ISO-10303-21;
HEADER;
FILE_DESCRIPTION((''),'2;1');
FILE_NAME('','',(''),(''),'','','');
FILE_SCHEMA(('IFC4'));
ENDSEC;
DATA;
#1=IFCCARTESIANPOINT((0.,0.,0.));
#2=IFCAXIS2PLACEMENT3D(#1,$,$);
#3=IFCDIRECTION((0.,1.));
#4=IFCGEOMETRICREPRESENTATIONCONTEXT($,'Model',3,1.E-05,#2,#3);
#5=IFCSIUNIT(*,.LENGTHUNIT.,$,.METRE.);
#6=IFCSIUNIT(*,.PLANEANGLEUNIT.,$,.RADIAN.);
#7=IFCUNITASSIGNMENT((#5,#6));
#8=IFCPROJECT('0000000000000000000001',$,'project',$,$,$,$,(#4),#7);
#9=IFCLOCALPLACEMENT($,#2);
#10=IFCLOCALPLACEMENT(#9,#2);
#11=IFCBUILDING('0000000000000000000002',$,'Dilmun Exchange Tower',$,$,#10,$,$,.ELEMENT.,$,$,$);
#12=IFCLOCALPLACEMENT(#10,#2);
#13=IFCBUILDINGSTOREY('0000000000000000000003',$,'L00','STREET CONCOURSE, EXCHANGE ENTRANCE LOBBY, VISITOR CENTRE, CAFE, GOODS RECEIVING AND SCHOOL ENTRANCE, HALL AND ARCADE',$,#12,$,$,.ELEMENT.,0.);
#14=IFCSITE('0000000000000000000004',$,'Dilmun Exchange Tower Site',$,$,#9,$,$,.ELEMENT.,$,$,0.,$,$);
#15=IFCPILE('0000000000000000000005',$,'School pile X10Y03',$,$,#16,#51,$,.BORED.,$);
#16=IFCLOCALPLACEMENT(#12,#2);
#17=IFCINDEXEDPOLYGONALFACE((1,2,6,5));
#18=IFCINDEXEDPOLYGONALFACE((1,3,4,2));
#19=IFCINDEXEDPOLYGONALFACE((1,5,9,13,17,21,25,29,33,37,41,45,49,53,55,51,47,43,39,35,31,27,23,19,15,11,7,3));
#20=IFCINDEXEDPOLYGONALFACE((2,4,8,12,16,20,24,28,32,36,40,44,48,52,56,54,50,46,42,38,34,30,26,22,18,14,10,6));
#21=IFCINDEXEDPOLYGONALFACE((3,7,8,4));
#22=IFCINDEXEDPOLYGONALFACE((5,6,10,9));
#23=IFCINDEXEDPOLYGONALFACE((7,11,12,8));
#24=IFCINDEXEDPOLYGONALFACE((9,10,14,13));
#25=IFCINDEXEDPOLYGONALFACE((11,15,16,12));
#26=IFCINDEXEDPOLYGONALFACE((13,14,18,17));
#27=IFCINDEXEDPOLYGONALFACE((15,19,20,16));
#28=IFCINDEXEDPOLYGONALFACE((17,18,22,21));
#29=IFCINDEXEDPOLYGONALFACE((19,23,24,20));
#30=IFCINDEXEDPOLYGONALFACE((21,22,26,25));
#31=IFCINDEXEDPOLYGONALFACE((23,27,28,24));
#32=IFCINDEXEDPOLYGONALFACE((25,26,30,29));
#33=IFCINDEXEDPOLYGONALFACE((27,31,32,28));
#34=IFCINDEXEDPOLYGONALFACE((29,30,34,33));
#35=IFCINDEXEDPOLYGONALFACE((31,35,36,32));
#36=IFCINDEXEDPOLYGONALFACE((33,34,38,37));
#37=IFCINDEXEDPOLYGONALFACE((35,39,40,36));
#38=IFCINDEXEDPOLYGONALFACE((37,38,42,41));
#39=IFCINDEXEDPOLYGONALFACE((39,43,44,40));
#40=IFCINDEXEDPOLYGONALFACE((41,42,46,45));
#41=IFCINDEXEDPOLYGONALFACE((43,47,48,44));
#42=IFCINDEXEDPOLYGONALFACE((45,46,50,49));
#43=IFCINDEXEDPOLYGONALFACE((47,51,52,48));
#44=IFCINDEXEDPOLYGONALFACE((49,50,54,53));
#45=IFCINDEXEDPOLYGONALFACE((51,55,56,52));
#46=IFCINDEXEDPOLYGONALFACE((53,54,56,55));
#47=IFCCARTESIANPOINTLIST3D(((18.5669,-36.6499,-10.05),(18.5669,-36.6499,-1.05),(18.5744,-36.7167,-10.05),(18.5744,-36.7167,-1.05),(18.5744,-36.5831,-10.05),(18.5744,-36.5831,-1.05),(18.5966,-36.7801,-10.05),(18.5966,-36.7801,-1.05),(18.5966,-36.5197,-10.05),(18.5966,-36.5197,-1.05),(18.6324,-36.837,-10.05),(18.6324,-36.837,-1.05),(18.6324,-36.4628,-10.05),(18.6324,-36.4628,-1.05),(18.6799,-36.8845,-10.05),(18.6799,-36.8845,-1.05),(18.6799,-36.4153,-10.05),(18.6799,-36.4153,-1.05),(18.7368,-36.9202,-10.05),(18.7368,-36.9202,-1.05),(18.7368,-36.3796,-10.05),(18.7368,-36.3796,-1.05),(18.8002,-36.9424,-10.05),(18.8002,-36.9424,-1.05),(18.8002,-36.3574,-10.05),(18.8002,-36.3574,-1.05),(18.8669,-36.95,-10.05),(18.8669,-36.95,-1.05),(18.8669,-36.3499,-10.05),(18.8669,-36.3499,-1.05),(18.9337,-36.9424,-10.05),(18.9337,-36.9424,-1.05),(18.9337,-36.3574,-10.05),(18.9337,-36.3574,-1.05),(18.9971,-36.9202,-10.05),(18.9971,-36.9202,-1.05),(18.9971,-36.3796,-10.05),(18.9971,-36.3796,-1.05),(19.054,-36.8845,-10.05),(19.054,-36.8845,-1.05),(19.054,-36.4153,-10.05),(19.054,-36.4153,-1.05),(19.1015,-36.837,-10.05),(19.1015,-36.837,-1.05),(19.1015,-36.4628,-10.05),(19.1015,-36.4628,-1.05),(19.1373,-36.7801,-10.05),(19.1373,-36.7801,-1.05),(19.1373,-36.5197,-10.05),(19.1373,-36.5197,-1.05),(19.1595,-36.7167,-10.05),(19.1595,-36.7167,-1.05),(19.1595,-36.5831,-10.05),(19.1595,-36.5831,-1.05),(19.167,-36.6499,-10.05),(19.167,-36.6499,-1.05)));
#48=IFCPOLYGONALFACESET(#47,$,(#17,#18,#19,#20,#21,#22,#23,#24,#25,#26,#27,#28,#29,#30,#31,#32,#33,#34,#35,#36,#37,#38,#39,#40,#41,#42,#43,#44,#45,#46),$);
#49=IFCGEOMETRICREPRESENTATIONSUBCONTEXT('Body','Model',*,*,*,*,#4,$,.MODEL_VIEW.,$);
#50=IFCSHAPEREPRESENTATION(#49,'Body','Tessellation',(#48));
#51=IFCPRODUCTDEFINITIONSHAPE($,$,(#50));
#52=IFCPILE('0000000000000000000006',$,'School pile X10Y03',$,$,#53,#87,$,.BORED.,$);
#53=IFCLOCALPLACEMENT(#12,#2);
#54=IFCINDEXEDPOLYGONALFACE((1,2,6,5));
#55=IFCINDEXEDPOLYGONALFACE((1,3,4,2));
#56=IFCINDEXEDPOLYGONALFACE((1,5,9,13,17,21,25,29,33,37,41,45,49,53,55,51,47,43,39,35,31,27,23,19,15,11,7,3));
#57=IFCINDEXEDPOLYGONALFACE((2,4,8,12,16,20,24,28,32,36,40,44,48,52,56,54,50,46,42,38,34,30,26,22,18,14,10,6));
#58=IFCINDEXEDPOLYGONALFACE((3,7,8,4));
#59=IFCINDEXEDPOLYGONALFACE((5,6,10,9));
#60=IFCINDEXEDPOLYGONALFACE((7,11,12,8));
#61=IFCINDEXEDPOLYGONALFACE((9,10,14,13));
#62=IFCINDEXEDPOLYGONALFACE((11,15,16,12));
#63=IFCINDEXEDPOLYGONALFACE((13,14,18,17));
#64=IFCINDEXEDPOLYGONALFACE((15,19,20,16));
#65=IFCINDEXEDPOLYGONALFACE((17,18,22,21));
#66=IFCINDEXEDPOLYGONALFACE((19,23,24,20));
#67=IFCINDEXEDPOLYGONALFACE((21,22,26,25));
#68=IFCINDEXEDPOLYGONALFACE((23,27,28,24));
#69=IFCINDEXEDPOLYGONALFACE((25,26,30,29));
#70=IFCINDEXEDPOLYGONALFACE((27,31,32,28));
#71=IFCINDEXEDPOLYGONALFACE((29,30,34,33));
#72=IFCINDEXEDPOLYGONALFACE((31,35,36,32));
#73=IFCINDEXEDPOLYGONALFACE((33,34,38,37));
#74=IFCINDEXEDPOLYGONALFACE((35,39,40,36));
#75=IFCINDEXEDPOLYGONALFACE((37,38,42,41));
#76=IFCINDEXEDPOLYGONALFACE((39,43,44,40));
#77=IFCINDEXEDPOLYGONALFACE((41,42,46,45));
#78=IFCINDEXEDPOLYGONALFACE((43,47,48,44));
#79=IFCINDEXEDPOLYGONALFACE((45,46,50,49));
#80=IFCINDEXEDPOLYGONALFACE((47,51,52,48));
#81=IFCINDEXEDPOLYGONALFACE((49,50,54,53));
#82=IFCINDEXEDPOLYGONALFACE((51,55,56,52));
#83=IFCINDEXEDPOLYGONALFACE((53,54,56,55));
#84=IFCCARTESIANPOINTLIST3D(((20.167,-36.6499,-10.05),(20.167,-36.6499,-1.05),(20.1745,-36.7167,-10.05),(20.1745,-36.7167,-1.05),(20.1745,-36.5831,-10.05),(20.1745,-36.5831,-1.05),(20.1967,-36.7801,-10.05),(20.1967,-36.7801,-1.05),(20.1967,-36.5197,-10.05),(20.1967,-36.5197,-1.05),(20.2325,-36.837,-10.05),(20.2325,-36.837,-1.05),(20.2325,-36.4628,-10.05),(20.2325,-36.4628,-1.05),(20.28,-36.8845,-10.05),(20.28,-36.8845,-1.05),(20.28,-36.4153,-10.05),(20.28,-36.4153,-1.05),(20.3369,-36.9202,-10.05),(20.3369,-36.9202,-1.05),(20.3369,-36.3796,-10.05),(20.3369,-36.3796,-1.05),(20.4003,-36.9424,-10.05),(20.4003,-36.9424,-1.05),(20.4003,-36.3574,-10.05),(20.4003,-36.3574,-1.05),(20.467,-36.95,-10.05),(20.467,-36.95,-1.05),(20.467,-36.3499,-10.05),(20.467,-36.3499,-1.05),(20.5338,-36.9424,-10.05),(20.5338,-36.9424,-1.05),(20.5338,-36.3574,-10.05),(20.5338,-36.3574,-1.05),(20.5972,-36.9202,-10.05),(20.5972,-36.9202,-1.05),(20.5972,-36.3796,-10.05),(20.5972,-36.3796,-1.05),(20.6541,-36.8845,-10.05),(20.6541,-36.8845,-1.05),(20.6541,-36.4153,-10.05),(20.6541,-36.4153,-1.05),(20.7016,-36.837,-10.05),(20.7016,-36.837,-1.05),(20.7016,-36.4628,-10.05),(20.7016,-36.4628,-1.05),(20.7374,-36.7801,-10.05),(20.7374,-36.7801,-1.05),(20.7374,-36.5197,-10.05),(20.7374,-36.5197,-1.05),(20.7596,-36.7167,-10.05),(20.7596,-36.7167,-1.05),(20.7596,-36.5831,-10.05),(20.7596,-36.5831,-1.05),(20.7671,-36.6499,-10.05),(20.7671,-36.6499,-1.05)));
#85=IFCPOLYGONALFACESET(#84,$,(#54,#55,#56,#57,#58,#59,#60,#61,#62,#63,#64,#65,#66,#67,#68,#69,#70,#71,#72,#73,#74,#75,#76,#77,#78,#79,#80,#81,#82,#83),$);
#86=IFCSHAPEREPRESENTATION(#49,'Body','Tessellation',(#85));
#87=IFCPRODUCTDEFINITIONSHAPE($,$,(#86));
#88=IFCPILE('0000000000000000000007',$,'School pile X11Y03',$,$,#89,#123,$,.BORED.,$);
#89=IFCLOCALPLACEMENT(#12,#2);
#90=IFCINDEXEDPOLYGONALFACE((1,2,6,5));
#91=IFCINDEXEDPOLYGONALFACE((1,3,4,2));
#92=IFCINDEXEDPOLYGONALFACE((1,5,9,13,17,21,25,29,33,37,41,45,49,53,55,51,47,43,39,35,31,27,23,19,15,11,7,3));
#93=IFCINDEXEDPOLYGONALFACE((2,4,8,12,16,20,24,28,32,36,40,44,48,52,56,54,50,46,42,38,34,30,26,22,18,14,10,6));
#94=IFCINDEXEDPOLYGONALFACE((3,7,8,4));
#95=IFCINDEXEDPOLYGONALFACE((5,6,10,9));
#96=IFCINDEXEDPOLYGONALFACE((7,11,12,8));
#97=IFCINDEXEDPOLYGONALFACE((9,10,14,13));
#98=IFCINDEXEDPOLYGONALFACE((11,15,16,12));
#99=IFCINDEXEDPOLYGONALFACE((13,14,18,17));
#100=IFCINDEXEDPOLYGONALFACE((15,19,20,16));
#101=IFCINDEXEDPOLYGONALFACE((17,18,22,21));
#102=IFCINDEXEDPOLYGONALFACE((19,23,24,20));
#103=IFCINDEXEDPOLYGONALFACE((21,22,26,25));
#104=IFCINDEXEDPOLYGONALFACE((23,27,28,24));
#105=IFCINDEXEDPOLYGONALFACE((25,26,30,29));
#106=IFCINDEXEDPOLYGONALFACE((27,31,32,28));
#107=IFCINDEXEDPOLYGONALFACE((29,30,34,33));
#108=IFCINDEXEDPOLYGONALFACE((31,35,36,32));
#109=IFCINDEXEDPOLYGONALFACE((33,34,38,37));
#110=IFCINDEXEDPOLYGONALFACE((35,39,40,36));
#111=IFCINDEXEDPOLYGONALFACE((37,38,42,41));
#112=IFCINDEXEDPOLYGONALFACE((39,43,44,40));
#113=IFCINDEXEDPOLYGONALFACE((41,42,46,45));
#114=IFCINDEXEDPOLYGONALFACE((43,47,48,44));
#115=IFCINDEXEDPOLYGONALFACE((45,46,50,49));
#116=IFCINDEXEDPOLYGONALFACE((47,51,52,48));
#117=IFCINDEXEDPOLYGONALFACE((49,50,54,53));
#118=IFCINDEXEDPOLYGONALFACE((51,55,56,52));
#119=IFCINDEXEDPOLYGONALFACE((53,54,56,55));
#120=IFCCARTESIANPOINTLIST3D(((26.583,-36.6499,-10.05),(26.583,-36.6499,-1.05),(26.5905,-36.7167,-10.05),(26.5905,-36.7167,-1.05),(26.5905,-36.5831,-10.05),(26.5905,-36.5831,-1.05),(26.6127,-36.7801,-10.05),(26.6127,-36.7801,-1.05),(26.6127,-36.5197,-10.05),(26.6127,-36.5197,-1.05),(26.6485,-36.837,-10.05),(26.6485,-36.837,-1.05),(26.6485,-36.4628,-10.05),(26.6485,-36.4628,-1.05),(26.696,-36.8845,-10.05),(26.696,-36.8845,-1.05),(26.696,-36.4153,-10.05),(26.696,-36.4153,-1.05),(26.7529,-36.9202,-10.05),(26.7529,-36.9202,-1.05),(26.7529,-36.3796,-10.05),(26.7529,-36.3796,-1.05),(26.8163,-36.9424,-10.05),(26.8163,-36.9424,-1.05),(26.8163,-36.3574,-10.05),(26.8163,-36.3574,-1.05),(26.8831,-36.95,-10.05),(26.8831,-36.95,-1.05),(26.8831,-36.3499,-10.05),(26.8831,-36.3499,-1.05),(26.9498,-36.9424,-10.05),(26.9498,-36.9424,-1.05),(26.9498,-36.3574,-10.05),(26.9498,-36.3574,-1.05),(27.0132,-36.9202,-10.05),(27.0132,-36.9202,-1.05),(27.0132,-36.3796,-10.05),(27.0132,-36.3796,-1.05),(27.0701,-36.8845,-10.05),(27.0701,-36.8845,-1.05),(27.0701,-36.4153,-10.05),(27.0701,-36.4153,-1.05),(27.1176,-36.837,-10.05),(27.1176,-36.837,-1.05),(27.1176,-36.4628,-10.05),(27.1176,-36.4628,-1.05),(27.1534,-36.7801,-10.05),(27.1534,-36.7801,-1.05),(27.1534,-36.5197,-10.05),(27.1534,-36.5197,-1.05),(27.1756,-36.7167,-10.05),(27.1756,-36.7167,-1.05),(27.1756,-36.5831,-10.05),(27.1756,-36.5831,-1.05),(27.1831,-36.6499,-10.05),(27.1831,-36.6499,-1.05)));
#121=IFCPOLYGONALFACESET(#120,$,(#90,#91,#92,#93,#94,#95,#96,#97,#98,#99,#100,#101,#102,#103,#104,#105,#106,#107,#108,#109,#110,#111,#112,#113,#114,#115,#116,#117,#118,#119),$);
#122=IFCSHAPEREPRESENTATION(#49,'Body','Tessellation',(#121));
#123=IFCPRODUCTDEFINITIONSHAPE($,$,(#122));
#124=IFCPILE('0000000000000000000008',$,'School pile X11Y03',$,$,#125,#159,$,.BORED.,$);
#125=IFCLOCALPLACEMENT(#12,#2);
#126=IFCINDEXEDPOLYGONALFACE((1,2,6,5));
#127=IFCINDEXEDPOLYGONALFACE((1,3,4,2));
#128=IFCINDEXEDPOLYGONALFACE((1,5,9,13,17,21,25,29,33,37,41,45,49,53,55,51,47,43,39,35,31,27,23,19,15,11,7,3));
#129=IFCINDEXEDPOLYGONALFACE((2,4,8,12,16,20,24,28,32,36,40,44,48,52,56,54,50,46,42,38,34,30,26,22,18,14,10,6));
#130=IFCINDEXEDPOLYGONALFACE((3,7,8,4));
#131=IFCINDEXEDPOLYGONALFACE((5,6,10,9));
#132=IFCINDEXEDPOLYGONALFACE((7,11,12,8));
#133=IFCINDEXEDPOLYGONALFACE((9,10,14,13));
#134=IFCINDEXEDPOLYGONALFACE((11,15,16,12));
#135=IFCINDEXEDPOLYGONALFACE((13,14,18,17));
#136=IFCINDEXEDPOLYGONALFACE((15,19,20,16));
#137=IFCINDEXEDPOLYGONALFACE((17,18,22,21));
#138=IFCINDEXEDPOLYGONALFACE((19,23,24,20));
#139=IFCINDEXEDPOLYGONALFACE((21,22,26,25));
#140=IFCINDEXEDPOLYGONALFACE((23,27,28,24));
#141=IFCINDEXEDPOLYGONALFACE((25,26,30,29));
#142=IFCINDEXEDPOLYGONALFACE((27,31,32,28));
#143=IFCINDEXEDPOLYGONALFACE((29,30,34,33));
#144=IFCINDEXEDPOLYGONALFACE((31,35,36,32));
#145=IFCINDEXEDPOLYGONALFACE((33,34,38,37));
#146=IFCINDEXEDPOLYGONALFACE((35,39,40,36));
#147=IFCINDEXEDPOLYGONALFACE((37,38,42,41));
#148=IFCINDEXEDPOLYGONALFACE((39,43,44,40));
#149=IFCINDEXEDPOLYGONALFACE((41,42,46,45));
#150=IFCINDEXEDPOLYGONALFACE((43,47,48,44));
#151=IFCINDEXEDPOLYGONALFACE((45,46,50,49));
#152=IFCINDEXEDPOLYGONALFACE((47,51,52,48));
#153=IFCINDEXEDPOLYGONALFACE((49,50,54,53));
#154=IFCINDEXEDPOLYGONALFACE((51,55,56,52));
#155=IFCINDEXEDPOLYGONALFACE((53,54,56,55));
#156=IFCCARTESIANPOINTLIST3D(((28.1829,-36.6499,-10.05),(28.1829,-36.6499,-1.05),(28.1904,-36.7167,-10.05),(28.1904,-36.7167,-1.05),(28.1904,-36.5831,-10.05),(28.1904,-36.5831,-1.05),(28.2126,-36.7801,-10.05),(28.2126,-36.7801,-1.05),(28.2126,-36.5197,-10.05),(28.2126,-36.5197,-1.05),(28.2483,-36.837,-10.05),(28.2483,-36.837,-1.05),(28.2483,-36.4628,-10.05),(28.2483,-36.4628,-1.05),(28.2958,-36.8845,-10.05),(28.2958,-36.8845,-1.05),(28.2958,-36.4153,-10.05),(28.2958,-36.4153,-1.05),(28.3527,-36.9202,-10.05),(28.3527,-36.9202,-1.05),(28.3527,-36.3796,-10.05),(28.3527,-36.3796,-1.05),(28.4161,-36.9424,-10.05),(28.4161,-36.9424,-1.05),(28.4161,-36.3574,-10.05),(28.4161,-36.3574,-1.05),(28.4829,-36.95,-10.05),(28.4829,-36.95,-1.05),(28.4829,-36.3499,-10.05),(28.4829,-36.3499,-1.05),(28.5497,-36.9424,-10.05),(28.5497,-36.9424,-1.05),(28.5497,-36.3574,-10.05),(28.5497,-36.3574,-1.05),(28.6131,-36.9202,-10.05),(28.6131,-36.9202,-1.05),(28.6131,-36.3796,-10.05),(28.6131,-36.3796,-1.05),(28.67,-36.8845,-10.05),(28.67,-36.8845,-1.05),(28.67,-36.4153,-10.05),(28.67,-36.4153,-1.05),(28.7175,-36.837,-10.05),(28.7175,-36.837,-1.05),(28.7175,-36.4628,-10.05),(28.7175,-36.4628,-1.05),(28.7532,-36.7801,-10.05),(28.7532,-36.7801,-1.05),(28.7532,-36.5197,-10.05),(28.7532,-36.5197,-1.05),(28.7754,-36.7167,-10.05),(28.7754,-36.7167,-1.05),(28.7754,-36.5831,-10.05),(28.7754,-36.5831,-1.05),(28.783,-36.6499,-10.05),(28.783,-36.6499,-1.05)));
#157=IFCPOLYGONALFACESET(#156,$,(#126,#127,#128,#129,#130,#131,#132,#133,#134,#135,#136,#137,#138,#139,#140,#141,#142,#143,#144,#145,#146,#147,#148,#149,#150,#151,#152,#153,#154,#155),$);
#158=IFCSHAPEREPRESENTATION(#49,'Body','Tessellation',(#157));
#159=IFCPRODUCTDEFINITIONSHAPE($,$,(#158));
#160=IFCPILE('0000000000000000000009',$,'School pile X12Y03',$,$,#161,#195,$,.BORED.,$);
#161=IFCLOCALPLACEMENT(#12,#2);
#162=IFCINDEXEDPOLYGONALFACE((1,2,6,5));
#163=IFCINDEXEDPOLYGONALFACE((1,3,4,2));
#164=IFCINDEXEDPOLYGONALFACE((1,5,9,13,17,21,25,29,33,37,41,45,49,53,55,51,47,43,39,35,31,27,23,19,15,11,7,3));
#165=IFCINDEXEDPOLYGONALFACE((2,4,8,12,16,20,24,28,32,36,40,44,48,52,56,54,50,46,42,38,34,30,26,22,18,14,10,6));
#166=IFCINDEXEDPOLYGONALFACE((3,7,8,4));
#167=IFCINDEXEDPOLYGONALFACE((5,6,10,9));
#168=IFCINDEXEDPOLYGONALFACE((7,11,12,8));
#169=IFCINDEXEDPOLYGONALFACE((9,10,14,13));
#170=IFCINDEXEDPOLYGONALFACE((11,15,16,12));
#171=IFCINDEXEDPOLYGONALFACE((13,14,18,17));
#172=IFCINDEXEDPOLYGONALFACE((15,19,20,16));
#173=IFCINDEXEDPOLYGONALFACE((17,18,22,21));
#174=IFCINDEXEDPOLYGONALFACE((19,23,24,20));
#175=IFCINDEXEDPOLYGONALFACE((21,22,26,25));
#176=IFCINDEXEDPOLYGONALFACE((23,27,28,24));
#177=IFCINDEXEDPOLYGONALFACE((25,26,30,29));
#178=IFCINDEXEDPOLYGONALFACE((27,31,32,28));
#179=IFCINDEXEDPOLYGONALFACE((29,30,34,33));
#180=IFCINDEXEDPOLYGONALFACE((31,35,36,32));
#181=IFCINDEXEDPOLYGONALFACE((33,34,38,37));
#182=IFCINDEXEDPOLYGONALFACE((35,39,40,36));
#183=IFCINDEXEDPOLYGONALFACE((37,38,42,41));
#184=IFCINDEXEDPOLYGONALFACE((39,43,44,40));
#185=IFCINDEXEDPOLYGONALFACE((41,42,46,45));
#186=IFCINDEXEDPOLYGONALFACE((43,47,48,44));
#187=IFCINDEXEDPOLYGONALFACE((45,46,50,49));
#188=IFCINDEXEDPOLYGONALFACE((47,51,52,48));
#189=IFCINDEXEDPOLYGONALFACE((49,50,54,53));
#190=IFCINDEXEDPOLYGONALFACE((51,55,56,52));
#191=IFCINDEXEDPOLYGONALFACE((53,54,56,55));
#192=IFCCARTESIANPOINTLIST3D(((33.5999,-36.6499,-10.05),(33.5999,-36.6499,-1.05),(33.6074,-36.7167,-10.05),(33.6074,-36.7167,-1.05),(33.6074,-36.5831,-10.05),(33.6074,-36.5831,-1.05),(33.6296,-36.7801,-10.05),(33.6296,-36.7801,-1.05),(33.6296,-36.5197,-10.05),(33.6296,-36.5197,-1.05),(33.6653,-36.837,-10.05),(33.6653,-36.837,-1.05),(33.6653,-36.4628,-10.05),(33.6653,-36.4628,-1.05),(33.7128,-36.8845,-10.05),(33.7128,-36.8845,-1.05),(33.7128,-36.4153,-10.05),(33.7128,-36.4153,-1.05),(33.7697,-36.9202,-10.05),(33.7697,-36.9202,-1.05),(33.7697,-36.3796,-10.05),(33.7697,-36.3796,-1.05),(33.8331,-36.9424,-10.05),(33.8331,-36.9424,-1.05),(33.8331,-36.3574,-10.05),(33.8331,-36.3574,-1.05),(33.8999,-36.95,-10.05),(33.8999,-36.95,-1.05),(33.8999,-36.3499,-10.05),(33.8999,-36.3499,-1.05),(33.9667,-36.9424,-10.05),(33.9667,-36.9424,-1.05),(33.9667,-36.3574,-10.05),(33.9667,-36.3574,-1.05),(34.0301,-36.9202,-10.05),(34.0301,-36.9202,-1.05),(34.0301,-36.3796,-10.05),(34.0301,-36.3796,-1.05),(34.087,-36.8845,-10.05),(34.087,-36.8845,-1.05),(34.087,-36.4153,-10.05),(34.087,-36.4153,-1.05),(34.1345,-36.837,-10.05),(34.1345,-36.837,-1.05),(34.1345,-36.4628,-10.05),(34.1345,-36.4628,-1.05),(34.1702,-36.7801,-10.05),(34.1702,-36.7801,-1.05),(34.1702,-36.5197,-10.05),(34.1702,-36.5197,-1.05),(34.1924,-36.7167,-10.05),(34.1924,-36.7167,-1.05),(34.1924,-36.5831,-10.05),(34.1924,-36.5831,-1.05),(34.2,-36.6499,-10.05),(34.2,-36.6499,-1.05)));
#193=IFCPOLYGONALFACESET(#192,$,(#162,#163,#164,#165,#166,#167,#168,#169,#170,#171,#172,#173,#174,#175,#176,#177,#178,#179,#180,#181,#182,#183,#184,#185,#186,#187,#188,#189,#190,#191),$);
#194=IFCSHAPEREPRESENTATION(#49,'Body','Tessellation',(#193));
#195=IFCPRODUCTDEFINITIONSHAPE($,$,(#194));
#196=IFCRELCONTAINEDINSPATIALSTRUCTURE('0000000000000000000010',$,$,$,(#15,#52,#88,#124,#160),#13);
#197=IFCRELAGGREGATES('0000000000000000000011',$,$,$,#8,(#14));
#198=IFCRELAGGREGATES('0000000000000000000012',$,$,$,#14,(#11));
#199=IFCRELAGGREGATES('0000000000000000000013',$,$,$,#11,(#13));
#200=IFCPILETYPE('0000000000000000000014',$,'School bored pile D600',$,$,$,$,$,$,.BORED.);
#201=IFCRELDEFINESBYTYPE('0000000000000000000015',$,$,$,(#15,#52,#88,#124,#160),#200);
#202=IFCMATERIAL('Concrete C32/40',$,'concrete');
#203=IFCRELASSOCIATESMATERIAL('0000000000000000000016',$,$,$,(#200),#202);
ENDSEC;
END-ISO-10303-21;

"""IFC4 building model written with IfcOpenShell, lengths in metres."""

from ifc_helpers import new_model, si_unit, direction, frame, origin, origin_2d, place, context, subcontext, project, spatial, circle, extrude, material, material_profile, profile_set, type_object, element, save


model = new_model("IFC4")

# Units and contexts
model_context = context("Model", 3, precision=1e-05, world=origin(), true_north=direction((0.0, 1.0)))
body_context = subcontext(model_context, "Body", "Model", "MODEL_VIEW")
ifc_project = project(units=[si_unit("LENGTHUNIT", "METRE"), si_unit("PLANEANGLEUNIT", "RADIAN")], contexts=[model_context])

# Site, building, storey
site_placement = place(None, origin())
site = spatial("IfcSite", under=ifc_project, at=site_placement, Name="Dilmun Exchange Tower Site", CompositionType="ELEMENT", RefElevation=0.0)
building_placement = place(site_placement, origin())
building = spatial("IfcBuilding", under=site, at=building_placement, Name="Dilmun Exchange Tower", CompositionType="ELEMENT")
storey_placement = place(building_placement, origin())
storey = spatial("IfcBuildingStorey", under=building, at=storey_placement, Name="L00", Description="STREET CONCOURSE, EXCHANGE ENTRANCE LOBBY, VISITOR CENTRE, CAFE, GOODS RECEIVING AND SCHOOL ENTRANCE, HALL AND ARCADE", CompositionType="ELEMENT", Elevation=0.0)

# Piles
ifc_material_1 = material(Name="Concrete C32/40", Category="concrete")
ifc_material_profile_1 = material_profile(ifc_material_1, circle(Radius=0.3, at=origin_2d()), Name="D600")
ifc_profile_set_1 = profile_set([ifc_material_profile_1], Name="Concrete C32/40")
pile_type = type_object("IfcPileType", Name="School bored pile D600", PredefinedType="BORED", material=ifc_profile_set_1)
for number, where, z_axis, x_axis, name in (
    (1, (18.8669, -36.6499, -1.05), (0.0, 0.0, -1.0), (1.0, 0.0, 0.0), "School pile X10Y03"),
    (2, (20.467, -36.6499, -1.05), (0.0, 0.0, -1.0), (1.0, 0.0, 0.0), "School pile X10Y03"),
    (3, (26.8831, -36.6499, -1.05), (0.0, 0.0, -1.0), (1.0, 0.0, 0.0), "School pile X11Y03"),
    (4, (28.4829, -36.6499, -1.05), (0.0, 0.0, -1.0), (1.0, 0.0, 0.0), "School pile X11Y03"),
    (5, (33.8999, -36.6499, -1.05), (0.0, 0.0, -1.0), (1.0, 0.0, 0.0), "School pile X12Y03"),
):
    element("IfcPile", number, at=place(storey_placement, frame(where, z_axis=z_axis, x_axis=x_axis)), inside=storey, type_object=pile_type, Name=name, PredefinedType="BORED", context=body_context, shape_type="SweptSolid", body=[
        extrude(circle(Radius=0.3, at=origin_2d()), origin(), (0.0, 0.0, 1.0), 9.0),
    ])

save(model, "model.ifc")
